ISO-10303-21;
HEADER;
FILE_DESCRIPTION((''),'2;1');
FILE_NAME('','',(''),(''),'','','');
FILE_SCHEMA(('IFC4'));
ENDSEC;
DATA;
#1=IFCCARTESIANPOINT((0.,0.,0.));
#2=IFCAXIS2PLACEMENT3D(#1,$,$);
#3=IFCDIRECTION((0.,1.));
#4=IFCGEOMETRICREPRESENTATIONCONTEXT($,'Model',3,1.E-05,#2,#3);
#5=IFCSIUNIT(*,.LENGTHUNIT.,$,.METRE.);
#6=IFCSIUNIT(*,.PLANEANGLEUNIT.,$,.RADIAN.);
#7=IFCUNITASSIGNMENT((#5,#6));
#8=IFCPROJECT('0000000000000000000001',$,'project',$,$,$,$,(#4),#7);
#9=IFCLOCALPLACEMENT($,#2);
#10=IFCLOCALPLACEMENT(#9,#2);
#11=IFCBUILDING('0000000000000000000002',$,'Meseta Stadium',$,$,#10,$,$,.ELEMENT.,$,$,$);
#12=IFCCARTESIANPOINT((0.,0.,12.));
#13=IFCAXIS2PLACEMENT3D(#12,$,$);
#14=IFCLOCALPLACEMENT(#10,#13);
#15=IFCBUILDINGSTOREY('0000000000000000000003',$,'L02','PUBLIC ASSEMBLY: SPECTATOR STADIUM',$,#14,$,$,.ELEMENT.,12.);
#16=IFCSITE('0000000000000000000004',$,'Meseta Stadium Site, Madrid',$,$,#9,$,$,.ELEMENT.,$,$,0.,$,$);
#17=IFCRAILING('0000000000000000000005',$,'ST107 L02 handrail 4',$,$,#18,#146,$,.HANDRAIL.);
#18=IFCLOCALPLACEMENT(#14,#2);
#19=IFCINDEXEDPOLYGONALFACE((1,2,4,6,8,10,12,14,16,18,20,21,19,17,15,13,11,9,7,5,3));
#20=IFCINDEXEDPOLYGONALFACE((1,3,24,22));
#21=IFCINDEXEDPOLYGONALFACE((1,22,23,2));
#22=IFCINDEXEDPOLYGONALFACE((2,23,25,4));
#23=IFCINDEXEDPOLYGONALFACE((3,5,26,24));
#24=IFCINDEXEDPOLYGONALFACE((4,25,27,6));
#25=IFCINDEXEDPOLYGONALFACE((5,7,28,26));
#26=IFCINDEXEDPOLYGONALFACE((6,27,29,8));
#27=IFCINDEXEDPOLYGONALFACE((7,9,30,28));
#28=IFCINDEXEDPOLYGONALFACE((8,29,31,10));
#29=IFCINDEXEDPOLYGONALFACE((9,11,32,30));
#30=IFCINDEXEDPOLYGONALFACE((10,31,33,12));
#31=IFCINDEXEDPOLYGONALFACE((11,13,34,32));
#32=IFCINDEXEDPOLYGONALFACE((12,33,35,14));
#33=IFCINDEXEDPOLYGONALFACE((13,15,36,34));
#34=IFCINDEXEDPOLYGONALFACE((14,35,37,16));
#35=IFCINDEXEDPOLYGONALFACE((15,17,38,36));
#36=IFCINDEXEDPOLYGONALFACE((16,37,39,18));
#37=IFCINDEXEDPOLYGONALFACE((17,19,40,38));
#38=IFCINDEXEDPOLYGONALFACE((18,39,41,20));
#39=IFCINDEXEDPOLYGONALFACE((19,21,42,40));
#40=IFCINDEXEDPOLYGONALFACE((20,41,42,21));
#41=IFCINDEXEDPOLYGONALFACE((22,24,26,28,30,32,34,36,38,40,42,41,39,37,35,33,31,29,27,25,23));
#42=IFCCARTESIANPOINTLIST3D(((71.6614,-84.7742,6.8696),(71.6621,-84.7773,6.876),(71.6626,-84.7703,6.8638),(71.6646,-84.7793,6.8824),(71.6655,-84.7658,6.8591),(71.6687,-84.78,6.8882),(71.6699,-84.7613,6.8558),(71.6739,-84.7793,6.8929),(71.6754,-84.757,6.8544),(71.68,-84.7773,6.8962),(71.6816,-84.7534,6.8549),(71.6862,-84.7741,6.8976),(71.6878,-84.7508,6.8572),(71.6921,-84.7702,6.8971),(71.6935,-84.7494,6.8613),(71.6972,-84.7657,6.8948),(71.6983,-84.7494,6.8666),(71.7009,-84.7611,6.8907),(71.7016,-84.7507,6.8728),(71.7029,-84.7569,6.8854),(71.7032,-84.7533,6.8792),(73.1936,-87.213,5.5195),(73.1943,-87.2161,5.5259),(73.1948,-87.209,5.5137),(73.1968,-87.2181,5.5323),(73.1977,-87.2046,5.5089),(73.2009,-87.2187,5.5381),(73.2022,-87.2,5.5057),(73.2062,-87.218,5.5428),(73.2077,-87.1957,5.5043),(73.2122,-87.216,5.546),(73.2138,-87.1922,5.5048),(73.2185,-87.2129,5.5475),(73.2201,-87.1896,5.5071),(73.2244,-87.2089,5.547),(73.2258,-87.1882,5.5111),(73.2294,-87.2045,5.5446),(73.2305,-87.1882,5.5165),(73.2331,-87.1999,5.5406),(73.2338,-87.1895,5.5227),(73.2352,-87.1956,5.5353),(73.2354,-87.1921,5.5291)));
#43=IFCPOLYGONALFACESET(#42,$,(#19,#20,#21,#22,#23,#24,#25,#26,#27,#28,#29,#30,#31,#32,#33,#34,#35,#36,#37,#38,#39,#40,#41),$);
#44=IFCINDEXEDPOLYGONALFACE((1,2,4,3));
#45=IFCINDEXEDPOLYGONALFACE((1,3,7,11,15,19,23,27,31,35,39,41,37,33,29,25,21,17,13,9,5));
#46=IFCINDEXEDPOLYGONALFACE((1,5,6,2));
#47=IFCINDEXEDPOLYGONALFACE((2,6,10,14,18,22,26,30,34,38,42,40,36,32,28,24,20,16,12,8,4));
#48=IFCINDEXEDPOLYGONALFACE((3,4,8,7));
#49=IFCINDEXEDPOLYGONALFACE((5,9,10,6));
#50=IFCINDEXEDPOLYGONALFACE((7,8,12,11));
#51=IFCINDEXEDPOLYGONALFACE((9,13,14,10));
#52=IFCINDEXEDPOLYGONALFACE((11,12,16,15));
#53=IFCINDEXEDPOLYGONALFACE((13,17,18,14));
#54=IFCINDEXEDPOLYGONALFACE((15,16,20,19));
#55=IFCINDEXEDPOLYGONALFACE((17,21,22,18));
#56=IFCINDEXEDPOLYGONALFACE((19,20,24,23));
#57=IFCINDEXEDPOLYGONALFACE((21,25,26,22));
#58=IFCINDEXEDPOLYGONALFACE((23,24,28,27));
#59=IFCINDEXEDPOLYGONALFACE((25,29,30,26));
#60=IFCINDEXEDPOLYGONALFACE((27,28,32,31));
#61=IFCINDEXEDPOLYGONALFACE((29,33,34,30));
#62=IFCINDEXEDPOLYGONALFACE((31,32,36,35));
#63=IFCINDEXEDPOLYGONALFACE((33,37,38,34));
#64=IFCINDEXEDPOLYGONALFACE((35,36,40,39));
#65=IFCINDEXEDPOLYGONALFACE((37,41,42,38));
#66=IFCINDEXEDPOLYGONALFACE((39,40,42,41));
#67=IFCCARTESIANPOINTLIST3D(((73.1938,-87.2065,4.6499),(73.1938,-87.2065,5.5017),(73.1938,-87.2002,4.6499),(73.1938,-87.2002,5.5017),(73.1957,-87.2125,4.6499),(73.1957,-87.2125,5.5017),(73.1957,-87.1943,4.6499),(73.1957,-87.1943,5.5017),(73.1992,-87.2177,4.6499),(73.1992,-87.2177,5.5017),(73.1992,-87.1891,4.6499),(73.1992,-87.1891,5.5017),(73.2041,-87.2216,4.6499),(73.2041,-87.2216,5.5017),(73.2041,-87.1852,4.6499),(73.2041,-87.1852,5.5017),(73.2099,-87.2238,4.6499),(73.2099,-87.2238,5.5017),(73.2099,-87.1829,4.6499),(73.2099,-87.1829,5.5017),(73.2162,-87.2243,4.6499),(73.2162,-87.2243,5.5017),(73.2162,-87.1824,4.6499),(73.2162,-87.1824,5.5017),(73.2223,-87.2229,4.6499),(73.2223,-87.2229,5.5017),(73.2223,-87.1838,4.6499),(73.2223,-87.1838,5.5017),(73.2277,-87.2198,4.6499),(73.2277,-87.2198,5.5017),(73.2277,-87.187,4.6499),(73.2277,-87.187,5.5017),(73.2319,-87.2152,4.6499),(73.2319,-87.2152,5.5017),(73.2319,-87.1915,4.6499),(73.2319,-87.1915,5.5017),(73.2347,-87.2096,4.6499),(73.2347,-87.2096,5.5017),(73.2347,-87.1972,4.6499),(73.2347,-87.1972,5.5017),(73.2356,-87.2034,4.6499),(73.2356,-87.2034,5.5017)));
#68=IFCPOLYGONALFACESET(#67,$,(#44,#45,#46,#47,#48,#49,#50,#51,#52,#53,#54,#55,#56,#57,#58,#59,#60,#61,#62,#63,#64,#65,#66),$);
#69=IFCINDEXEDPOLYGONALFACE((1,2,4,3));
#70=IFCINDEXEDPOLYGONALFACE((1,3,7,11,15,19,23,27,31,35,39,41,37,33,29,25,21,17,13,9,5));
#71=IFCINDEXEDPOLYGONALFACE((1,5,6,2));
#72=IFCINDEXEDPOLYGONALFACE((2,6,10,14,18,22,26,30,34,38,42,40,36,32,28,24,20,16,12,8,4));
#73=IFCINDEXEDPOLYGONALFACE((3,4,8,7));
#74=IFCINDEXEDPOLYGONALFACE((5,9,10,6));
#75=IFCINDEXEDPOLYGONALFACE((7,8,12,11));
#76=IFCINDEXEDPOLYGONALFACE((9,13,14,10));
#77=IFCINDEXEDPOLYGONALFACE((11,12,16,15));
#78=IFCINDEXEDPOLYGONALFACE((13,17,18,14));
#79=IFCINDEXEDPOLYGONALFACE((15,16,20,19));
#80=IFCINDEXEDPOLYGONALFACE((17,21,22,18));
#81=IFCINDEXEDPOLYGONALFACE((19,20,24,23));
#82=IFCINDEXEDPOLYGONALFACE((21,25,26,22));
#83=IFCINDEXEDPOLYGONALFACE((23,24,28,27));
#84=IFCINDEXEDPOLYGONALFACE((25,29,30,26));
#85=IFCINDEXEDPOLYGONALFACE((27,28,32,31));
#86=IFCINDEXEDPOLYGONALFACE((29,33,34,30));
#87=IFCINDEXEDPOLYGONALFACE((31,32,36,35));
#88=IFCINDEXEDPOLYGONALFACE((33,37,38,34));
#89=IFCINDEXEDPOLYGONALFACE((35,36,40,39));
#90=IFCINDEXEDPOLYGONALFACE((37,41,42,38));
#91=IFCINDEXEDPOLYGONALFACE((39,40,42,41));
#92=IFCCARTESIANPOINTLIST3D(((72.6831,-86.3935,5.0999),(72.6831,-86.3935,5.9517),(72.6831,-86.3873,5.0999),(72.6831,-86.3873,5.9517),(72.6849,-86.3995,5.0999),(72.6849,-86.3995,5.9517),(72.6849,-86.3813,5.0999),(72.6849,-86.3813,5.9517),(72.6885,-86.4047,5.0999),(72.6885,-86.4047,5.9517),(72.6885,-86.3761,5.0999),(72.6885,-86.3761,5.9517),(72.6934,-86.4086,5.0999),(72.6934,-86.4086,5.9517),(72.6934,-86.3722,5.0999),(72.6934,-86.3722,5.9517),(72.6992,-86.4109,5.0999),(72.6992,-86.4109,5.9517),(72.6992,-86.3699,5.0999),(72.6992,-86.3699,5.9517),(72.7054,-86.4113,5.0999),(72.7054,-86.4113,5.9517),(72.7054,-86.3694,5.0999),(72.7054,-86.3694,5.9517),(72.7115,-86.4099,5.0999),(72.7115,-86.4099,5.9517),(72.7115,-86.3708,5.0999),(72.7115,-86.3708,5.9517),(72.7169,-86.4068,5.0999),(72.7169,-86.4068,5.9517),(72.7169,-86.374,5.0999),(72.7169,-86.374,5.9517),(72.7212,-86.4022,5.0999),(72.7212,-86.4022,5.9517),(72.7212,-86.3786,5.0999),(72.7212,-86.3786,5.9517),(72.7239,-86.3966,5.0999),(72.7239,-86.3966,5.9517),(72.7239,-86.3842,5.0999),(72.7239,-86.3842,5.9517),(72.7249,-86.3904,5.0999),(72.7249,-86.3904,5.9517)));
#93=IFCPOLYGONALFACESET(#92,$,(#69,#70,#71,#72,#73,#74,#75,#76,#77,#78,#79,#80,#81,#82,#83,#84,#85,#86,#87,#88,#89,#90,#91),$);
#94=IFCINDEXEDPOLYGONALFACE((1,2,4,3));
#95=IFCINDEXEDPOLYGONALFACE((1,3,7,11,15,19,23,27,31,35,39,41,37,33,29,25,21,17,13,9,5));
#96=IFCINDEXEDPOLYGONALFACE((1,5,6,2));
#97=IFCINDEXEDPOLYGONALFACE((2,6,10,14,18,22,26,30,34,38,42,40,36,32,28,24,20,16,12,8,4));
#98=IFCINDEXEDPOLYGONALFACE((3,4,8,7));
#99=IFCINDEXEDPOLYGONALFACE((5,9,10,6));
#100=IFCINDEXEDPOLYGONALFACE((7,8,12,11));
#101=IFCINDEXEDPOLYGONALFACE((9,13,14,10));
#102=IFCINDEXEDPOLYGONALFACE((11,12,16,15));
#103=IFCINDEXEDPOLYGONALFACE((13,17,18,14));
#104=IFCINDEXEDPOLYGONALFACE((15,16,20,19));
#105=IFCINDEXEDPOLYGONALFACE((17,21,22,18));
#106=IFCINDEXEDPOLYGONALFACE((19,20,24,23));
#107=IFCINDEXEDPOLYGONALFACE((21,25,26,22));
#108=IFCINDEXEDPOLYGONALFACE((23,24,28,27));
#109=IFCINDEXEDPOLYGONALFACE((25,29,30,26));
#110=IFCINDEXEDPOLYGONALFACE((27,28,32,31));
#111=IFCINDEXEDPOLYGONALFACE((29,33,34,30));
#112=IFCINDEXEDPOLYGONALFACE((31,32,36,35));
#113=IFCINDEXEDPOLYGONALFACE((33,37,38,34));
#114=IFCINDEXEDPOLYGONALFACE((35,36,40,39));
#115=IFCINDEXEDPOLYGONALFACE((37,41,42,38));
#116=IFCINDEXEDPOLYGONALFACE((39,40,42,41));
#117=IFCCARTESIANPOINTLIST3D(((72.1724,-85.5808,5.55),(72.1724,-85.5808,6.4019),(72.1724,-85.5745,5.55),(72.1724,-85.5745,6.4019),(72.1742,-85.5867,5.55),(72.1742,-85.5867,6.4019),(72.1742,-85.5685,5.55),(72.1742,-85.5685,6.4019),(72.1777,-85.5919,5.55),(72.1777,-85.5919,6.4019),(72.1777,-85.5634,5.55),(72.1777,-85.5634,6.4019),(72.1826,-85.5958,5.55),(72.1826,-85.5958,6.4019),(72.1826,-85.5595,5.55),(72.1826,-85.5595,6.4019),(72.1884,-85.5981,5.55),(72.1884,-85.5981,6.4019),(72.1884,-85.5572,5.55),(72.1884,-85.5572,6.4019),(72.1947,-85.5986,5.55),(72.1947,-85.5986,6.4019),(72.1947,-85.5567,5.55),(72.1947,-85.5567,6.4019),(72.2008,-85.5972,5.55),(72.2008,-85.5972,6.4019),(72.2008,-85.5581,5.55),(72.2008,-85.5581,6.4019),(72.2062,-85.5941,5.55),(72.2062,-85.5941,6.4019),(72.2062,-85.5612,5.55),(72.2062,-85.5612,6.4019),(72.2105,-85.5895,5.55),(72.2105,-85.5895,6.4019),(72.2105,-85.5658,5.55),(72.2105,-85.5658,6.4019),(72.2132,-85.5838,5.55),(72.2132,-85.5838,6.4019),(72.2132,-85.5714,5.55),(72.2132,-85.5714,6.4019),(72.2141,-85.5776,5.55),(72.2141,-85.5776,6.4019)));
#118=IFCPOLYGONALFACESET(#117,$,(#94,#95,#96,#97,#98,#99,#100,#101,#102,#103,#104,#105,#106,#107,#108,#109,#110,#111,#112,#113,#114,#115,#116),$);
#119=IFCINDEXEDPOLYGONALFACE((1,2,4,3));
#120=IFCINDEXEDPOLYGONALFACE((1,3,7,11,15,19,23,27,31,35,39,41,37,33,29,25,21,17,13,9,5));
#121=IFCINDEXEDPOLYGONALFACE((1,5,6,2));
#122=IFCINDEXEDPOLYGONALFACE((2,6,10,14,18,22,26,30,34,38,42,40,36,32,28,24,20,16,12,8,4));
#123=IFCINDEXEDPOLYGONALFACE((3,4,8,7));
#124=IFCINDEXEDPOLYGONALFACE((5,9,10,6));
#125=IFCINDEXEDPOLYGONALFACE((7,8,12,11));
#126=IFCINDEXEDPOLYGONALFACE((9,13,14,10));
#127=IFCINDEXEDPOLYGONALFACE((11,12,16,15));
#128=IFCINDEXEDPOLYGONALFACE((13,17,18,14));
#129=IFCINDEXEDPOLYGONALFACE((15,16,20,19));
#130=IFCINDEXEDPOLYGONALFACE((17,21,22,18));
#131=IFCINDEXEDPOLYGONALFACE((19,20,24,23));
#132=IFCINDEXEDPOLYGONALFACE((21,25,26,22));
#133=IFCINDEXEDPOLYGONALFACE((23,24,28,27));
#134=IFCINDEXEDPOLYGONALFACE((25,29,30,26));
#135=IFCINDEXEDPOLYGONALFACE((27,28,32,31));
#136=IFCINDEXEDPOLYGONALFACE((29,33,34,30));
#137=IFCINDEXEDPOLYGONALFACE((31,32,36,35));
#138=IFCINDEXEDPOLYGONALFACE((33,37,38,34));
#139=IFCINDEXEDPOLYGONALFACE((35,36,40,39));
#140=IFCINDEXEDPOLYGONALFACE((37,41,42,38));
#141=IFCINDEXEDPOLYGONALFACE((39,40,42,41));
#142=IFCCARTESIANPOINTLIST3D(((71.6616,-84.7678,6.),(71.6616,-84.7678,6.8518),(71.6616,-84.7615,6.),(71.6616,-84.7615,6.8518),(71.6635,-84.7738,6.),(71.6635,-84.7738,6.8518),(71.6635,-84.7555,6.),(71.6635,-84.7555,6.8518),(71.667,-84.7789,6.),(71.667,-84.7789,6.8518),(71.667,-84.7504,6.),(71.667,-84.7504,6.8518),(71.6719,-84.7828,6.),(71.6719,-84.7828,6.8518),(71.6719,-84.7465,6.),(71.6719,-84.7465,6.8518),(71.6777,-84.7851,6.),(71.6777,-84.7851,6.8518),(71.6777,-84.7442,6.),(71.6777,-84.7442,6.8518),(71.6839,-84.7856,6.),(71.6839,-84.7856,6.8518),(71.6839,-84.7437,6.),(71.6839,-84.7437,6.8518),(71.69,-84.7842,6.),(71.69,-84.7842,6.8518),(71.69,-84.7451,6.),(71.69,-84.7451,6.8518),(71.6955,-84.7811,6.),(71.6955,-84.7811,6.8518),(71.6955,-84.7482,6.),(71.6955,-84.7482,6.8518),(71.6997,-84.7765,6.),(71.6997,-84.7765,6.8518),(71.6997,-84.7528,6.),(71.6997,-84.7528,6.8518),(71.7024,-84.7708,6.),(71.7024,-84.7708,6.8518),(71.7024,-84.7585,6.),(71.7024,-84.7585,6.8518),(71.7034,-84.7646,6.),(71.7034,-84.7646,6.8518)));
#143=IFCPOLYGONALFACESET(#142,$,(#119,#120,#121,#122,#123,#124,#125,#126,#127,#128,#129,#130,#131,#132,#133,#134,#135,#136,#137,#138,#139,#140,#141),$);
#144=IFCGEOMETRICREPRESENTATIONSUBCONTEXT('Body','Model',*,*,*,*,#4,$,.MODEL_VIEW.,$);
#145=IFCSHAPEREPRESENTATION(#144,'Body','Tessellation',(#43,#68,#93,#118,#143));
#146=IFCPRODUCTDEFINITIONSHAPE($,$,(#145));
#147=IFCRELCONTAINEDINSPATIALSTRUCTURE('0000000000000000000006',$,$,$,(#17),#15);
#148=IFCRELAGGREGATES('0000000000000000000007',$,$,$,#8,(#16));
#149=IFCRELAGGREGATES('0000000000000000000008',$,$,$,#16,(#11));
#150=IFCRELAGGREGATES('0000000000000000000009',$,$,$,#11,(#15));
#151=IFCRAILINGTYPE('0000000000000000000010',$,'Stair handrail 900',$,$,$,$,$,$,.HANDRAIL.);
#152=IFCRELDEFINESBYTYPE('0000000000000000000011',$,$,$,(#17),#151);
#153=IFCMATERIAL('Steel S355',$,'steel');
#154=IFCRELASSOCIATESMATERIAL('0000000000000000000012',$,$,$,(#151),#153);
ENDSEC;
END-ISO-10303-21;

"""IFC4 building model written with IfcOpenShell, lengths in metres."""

from ifc_helpers import new_model, si_unit, direction, frame, origin, origin_2d, place, context, subcontext, project, spatial, circle, extrude, material, type_object, element, save


model = new_model("IFC4")

# Units and contexts
model_context = context("Model", 3, precision=1e-05, world=origin(), true_north=direction((0.0, 1.0)))
body_context = subcontext(model_context, "Body", "Model", "MODEL_VIEW")
ifc_project = project(units=[si_unit("LENGTHUNIT", "METRE"), si_unit("PLANEANGLEUNIT", "RADIAN")], contexts=[model_context])

# Site, building, storey
site_placement = place(None, origin())
site = spatial("IfcSite", under=ifc_project, at=site_placement, Name="Meseta Stadium Site, Madrid", CompositionType="ELEMENT", RefElevation=0.0)
building_placement = place(site_placement, origin())
building = spatial("IfcBuilding", under=site, at=building_placement, Name="Meseta Stadium", CompositionType="ELEMENT")
storey_placement = place(building_placement, frame((0.0, 0.0, 12.0)))
storey = spatial("IfcBuildingStorey", under=building, at=storey_placement, Name="L02", Description="PUBLIC ASSEMBLY: SPECTATOR STADIUM", CompositionType="ELEMENT", Elevation=12.0)

# Railing
ifc_material_1 = material(Name="Steel S355", Category="steel")
railing_type_1 = type_object("IfcRailingType", Name="Stair handrail 900", PredefinedType="HANDRAIL", material=ifc_material_1)
for number, where, name in (
    (1, (73.2146, -87.2034, 4.6499), "ST107 L02 handrail 4"),
):
    element("IfcRailing", number, at=place(storey_placement, frame(where)), inside=storey, type_object=railing_type_1, Name=name, PredefinedType="HANDRAIL", context=body_context, shape_type="SweptSolid", body=[
        extrude(circle(Radius=0.0239, at=origin_2d()), frame((0.0, 0.0, 0.876), z_axis=(-0.481703, 0.766687, 0.424445), x_axis=(-0.846743, -0.532001, 0.0)), (0.0, 0.0, 1.0), 3.1809),
        extrude(circle(Radius=0.021, at=origin_2d()), origin(), (0.0, 0.0, 1.0), 0.8518),
        extrude(circle(Radius=0.021, at=origin_2d()), frame((-0.5107, 0.813, 0.45)), (0.0, 0.0, 1.0), 0.8518),
        extrude(circle(Radius=0.021, at=origin_2d()), frame((-1.0215, 1.6257, 0.9001)), (0.0, 0.0, 1.0), 0.8518),
        extrude(circle(Radius=0.021, at=origin_2d()), frame((-1.5322, 2.4387, 1.3501)), (0.0, 0.0, 1.0), 0.8518),
    ])

save(model, "model.ifc")
